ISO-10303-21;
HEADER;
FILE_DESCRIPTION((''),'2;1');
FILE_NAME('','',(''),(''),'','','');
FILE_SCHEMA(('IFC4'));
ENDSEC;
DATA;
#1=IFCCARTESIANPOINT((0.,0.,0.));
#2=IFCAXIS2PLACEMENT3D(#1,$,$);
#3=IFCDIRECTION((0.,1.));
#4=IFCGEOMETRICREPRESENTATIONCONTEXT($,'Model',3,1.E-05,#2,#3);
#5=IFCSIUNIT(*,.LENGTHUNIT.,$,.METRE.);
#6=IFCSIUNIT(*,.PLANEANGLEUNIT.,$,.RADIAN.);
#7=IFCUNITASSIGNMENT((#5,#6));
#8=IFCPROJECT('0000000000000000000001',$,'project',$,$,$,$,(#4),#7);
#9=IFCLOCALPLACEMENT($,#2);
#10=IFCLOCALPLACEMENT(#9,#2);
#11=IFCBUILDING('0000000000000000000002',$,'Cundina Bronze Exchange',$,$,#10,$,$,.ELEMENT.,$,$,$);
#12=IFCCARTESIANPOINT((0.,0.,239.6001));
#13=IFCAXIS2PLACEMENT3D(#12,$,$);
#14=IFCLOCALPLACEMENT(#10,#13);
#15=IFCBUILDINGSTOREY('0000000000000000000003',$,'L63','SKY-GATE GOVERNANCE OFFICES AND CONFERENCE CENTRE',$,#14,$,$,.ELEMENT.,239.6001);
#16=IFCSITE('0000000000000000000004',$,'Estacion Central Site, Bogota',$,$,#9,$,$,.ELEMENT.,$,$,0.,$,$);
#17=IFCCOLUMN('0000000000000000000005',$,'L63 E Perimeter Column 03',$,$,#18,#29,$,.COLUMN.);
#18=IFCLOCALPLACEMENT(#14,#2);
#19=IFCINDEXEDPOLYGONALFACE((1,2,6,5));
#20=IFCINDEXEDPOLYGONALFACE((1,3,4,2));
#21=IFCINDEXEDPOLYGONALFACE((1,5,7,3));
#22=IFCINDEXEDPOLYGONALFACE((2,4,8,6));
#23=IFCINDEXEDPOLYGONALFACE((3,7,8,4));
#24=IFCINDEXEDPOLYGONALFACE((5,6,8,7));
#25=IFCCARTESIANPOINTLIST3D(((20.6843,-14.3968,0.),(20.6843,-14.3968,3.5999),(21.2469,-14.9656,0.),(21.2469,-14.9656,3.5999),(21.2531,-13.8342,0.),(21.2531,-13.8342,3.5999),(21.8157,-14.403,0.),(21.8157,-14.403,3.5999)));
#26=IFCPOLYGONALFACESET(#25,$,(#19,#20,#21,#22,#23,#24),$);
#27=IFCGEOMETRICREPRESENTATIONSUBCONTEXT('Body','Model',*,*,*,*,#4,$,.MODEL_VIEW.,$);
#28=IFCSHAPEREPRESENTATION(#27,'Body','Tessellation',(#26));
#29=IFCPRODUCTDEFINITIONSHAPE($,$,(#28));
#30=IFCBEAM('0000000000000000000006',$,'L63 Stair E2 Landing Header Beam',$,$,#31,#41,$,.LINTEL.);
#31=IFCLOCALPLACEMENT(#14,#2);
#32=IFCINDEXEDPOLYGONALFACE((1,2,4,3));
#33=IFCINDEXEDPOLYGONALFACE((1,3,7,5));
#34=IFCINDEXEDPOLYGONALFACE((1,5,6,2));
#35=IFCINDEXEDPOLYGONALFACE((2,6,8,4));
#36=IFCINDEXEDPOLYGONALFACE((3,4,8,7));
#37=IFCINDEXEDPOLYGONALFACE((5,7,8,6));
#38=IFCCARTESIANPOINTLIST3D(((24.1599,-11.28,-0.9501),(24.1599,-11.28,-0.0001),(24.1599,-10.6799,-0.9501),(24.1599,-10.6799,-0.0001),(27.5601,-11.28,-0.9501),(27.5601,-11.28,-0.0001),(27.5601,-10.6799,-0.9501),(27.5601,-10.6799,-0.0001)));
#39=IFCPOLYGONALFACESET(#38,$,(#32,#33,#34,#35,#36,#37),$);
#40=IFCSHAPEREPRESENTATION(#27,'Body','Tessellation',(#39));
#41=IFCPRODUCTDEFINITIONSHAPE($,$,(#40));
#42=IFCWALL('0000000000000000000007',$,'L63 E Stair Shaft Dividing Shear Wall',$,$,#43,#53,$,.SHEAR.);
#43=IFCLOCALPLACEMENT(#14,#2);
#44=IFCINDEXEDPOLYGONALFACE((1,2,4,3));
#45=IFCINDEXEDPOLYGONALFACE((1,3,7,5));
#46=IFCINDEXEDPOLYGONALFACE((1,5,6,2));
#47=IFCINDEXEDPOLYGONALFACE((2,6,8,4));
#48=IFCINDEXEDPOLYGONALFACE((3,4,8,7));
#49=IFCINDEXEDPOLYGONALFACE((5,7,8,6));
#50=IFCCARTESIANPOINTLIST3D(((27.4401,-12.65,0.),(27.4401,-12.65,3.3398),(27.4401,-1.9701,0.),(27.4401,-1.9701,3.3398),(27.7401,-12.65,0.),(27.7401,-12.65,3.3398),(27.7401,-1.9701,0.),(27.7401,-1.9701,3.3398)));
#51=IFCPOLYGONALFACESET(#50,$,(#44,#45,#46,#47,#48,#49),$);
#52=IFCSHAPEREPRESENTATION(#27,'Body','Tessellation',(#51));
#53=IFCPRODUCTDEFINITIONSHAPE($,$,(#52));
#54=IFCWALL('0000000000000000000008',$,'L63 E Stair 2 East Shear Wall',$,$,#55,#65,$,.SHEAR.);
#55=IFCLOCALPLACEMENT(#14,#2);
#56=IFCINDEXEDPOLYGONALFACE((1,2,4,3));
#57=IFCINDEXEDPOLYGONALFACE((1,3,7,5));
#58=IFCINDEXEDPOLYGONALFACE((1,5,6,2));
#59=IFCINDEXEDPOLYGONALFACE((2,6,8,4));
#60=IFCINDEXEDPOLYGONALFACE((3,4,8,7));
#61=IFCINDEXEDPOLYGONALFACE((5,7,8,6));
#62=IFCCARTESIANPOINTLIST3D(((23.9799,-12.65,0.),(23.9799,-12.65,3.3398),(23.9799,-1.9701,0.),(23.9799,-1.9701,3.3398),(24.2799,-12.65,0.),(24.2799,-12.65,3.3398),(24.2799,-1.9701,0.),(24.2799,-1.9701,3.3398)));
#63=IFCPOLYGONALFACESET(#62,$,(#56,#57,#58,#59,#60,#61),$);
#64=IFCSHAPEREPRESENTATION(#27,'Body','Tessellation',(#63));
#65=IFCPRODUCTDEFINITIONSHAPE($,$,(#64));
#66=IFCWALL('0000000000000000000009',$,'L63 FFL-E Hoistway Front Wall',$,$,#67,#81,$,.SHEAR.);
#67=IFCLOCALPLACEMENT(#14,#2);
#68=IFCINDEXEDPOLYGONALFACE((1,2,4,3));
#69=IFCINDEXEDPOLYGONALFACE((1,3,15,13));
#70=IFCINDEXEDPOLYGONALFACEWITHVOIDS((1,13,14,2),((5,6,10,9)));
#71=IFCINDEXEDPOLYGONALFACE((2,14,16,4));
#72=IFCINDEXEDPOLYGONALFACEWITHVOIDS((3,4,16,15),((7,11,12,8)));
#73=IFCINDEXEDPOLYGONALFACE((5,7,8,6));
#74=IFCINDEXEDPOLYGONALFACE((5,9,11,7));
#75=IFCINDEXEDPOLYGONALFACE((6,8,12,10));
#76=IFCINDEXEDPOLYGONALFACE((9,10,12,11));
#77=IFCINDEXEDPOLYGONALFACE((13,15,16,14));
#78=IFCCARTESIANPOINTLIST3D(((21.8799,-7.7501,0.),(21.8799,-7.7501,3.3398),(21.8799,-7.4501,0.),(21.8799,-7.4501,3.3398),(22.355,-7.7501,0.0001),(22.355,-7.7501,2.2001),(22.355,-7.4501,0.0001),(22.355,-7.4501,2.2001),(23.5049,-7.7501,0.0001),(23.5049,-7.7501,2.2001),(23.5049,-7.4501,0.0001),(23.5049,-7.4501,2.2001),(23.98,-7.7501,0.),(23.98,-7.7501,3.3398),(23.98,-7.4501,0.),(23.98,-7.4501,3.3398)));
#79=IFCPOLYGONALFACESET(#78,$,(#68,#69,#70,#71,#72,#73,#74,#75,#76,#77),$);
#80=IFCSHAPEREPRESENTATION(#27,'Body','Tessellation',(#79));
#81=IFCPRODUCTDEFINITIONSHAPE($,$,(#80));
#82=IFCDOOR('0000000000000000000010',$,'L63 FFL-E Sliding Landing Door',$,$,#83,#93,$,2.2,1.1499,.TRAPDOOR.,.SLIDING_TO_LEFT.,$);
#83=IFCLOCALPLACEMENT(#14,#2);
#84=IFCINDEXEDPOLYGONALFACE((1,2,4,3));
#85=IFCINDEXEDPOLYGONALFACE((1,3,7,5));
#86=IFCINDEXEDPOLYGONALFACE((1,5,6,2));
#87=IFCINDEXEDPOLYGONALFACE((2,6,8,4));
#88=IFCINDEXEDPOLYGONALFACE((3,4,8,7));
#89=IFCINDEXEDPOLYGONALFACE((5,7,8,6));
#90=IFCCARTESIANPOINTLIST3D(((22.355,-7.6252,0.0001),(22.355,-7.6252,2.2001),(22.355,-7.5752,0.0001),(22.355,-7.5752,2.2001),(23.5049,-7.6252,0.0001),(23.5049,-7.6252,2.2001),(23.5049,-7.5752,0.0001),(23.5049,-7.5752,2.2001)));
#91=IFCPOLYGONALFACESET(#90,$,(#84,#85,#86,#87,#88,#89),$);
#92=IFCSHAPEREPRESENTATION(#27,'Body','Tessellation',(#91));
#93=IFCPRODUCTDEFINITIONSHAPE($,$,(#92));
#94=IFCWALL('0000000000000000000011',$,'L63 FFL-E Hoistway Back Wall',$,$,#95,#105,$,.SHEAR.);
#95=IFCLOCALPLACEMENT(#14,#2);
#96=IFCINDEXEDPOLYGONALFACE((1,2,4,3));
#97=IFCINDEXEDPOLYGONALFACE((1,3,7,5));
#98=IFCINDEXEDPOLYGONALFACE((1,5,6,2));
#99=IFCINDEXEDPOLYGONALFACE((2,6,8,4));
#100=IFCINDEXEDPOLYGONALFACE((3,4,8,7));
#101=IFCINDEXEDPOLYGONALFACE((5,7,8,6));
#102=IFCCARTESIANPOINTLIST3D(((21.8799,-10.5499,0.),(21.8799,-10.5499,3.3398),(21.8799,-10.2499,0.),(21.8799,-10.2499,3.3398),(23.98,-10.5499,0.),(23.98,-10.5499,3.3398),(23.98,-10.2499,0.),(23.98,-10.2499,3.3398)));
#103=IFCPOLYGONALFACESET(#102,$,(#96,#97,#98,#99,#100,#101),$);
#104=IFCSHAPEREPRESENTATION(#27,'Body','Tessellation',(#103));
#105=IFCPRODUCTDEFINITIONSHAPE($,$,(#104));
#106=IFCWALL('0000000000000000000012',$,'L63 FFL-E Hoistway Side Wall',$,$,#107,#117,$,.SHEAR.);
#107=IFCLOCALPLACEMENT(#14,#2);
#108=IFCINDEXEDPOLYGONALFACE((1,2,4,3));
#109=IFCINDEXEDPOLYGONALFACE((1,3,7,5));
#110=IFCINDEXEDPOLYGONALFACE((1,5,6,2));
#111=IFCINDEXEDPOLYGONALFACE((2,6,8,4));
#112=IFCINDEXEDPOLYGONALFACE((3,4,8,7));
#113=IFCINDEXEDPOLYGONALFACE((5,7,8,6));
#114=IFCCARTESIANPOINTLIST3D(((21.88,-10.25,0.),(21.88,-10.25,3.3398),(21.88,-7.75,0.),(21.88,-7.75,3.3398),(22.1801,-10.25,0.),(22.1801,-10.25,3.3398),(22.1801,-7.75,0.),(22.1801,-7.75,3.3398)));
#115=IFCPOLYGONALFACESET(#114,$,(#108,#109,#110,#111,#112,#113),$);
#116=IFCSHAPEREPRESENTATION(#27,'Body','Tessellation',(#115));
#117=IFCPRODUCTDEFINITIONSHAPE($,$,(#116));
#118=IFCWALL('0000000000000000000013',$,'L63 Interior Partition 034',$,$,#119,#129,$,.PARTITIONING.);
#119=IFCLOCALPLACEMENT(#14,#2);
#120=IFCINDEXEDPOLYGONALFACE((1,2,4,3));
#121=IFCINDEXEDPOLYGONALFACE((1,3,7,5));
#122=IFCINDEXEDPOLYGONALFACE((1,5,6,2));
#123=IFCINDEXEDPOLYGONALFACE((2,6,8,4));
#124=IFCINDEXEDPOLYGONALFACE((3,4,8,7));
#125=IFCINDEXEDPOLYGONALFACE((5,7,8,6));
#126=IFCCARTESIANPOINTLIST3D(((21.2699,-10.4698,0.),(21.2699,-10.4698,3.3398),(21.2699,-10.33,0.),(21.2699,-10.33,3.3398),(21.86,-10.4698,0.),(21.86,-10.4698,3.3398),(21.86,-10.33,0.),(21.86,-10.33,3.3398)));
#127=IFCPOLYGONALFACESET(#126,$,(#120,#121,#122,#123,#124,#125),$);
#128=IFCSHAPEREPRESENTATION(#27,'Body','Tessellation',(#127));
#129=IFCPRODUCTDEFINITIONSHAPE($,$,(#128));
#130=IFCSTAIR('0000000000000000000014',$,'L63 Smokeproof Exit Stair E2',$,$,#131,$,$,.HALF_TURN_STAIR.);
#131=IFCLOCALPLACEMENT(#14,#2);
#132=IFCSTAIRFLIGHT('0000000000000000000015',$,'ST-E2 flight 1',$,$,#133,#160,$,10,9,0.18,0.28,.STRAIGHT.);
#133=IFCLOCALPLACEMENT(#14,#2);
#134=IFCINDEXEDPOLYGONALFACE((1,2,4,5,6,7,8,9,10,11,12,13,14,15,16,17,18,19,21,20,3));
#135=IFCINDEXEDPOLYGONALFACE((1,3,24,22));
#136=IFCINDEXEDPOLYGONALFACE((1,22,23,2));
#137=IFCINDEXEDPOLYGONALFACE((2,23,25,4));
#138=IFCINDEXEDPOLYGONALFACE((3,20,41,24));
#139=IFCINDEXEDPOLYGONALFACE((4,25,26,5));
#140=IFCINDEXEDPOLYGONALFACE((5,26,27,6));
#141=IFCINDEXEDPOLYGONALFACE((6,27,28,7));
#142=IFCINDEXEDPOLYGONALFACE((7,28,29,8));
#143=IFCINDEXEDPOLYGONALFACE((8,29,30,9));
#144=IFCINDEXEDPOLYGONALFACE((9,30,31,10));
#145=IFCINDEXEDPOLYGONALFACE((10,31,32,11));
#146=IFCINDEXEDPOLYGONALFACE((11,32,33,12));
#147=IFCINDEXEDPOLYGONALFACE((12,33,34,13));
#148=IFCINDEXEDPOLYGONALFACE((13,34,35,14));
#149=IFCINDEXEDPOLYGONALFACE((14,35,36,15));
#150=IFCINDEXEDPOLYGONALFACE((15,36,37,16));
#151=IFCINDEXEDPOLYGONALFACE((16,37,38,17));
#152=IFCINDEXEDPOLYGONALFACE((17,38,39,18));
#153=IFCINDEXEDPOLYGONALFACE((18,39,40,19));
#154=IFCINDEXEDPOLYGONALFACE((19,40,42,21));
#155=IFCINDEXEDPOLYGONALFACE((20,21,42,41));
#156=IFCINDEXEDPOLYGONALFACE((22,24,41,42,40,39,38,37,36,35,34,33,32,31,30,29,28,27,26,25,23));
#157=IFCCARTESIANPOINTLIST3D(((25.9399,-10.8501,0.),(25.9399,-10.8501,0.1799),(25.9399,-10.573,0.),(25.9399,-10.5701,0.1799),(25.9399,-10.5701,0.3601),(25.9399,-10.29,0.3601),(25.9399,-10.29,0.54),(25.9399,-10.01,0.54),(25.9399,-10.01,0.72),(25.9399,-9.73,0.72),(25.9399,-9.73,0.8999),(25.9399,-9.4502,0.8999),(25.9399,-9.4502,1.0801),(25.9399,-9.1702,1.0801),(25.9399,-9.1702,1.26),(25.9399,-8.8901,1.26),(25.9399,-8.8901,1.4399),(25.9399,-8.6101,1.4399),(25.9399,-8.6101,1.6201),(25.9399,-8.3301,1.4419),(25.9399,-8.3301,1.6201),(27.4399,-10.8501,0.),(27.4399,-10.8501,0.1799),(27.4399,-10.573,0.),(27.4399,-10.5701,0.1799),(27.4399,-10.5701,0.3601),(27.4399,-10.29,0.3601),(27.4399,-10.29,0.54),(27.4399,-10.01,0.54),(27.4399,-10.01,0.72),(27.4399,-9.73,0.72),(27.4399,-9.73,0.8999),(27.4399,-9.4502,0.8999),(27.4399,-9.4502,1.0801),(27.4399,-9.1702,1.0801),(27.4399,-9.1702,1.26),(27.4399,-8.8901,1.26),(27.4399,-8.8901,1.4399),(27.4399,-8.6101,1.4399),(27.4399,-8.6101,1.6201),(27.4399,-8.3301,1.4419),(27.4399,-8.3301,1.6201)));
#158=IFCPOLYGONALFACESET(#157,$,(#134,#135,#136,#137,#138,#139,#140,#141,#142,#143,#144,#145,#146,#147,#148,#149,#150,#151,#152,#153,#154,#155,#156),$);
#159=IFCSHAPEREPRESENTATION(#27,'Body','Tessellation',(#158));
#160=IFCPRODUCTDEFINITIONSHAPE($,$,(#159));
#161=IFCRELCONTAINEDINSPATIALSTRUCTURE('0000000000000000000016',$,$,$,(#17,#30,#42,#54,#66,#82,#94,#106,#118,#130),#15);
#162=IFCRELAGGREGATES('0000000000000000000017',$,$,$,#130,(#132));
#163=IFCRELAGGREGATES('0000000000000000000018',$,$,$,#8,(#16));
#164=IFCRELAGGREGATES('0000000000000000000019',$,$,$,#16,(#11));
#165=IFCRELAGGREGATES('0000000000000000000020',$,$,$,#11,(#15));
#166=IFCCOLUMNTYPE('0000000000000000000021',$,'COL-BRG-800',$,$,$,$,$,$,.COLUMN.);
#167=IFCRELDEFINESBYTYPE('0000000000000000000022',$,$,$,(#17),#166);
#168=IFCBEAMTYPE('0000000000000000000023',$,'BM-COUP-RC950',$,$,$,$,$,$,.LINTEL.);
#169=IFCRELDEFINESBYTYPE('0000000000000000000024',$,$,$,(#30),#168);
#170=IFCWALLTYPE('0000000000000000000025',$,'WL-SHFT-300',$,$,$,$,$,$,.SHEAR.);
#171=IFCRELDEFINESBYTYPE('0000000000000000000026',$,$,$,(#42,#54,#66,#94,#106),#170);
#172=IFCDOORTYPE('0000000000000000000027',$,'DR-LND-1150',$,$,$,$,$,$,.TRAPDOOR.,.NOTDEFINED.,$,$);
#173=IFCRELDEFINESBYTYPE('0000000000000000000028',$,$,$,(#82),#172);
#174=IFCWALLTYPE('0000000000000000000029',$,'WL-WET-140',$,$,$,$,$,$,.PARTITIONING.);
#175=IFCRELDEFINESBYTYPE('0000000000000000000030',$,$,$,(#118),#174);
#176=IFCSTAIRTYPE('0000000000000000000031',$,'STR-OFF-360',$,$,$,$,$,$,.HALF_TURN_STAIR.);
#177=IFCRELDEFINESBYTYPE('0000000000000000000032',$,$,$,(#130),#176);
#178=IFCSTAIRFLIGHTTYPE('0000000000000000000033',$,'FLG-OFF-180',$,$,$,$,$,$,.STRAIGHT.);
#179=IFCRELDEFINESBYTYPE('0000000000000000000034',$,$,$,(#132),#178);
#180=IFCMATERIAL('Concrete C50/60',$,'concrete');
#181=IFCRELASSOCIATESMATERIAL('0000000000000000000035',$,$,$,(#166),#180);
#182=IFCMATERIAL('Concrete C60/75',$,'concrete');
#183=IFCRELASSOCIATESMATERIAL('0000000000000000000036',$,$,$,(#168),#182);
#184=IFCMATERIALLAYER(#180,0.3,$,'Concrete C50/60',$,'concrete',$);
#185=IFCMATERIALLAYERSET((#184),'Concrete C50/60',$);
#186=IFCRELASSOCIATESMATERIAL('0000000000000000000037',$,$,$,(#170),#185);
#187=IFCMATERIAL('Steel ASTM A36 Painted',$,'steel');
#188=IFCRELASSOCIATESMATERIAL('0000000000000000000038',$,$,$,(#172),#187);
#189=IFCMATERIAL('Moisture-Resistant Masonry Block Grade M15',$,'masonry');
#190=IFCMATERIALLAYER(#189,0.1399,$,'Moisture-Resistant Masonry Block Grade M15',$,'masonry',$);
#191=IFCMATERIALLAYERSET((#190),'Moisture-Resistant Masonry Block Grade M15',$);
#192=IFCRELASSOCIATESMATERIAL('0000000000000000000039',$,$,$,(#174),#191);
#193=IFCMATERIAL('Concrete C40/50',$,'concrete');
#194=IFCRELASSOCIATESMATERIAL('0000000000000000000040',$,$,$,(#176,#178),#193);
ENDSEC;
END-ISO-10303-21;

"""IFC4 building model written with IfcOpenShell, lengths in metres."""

from ifc_helpers import new_model, si_unit, direction, frame, frame_2d, origin, origin_2d, place, context, subcontext, project, spatial, polyline, rectangle, outline, extrude, material, layer, layer_set, material_profile, profile_set, type_object, element, fill, aggregate, save


model = new_model("IFC4")

# Units and contexts
model_context = context("Model", 3, precision=1e-05, world=origin(), true_north=direction((0.0, 1.0)))
body_context = subcontext(model_context, "Body", "Model", "MODEL_VIEW")
ifc_project = project(units=[si_unit("LENGTHUNIT", "METRE"), si_unit("PLANEANGLEUNIT", "RADIAN")], contexts=[model_context])

# Site, building, storey
site_placement = place(None, origin())
site = spatial("IfcSite", under=ifc_project, at=site_placement, Name="Estacion Central Site, Bogota", CompositionType="ELEMENT", RefElevation=0.0)
building_placement = place(site_placement, origin())
building = spatial("IfcBuilding", under=site, at=building_placement, Name="Cundina Bronze Exchange", CompositionType="ELEMENT")
storey_placement = place(building_placement, frame((0.0, 0.0, 239.6001)))
storey = spatial("IfcBuildingStorey", under=building, at=storey_placement, Name="L63", Description="SKY-GATE GOVERNANCE OFFICES AND CONFERENCE CENTRE", CompositionType="ELEMENT", Elevation=239.6001)

# Column
ifc_material_1 = material(Name="Concrete C50/60", Category="concrete")
ifc_material_profile_1 = material_profile(ifc_material_1, rectangle(XDim=0.8, YDim=0.8, at=origin_2d()), Name="RC800X800", Category="concrete")
ifc_profile_set_1 = profile_set([ifc_material_profile_1], Name="Concrete C50/60")
column_type = type_object("IfcColumnType", Name="COL-BRG-800", PredefinedType="COLUMN", material=ifc_profile_set_1)
column_placement = place(storey_placement, frame((21.25, -14.3999, 0.0), z_axis=(0.0, 0.0, 1.0), x_axis=(0.703271, -0.710922, 0.0)))
element("IfcColumn", 1, at=column_placement, inside=storey, type_object=column_type, Name="L63 E Perimeter Column 03", PredefinedType="COLUMN", context=body_context, shape_type="SweptSolid", body=[
    extrude(rectangle(XDim=0.8, YDim=0.8, at=origin_2d()), origin(), (0.0, 0.0, 1.0), 3.5999),
])

# Beam
ifc_material_2 = material(Name="Concrete C60/75", Category="concrete")
ifc_material_profile_2 = material_profile(ifc_material_2, rectangle(XDim=0.6001, YDim=0.95, at=origin_2d()), Name="RC600X950", Category="concrete")
ifc_profile_set_2 = profile_set([ifc_material_profile_2], Name="Concrete C60/75")
beam_type = type_object("IfcBeamType", Name="BM-COUP-RC950", PredefinedType="LINTEL", material=ifc_profile_set_2)
beam_placement = place(storey_placement, frame((24.1599, -10.98, -0.4751), z_axis=(1.0, 0.0, 0.0), x_axis=(0.0, 1.0, 0.0)))
element("IfcBeam", 2, at=beam_placement, inside=storey, type_object=beam_type, Name="L63 Stair E2 Landing Header Beam", PredefinedType="LINTEL", context=body_context, shape_type="SweptSolid", body=[
    extrude(rectangle(XDim=0.6001, YDim=0.95, at=origin_2d()), origin(), (0.0, 0.0, 1.0), 3.4001),
])

# Walls
ifc_layer_1 = layer(ifc_material_1, 0.3, Name="Concrete C50/60", Category="concrete")
ifc_layer_set_1 = layer_set([ifc_layer_1], Name="Concrete C50/60")
wall_type_1 = type_object("IfcWallType", Name="WL-SHFT-300", PredefinedType="SHEAR", material=ifc_layer_set_1)
for number, where, z_axis, x_axis, name in (
    (3, (27.5901, -12.6499, 0.0), (0.0, 0.0, 1.0), (0.0, 1.0, 0.0), "L63 E Stair Shaft Dividing Shear Wall"),
    (4, (24.1299, -12.6499, 0.0), (0.0, 0.0, 1.0), (0.0, 1.0, 0.0), "L63 E Stair 2 East Shear Wall"),
):
    element("IfcWall", number, at=place(storey_placement, frame(where, z_axis=z_axis, x_axis=x_axis)), inside=storey, type_object=wall_type_1, Name=name, PredefinedType="SHEAR", context=body_context, shape_type="SweptSolid", body=[
        extrude(rectangle(XDim=10.6799, YDim=0.3, at=frame_2d((5.3398, 0.0))), origin(), (0.0, 0.0, 1.0), 3.3398),
    ])

# Wall, opening, door
ifc_material_3 = material(Name="Steel ASTM A36 Painted", Category="steel")
wall_1_placement = place(storey_placement, frame((21.8799, -7.6001, 0.0), z_axis=(0.0, 0.0, 1.0), x_axis=(1.0, 0.0, 0.0)))
wall_1 = element("IfcWall", 5, at=wall_1_placement, inside=storey, type_object=wall_type_1, Name="L63 FFL-E Hoistway Front Wall", PredefinedType="SHEAR", context=body_context, shape_type="SweptSolid", body=[
    extrude(rectangle(XDim=2.1001, YDim=0.3, at=frame_2d((1.05, 0.0))), origin(), (0.0, 0.0, 1.0), 3.3398),
])
opening_1_placement = place(wall_1_placement, frame((0.4751, 0.0, 0.0)))
opening_1 = element("IfcOpeningElement", 6, at=opening_1_placement, cuts=wall_1, PredefinedType="OPENING", context=body_context, shape_type="SweptSolid", body=[
    extrude(rectangle(XDim=1.1499, YDim=2.2, at=frame_2d((0.575, 1.1001))), frame((0.0, 0.1599, 0.0), z_axis=(0.0, -1.0, 0.0), x_axis=(1.0, 0.0, 0.0)), (0.0, 0.0, 1.0), 0.3201),
])
door_type_1 = type_object("IfcDoorType", Name="DR-LND-1150", OperationType="NOTDEFINED", PredefinedType="TRAPDOOR", material=ifc_material_3)
door_1_placement = place(opening_1_placement, origin())
door_1 = element("IfcDoor", 7, at=door_1_placement, inside=storey, type_object=door_type_1, Name="L63 FFL-E Sliding Landing Door", OperationType="SLIDING_TO_LEFT", OverallHeight=2.2, OverallWidth=1.1499, PredefinedType="TRAPDOOR", context=body_context, shape_type="SweptSolid", body=[
    extrude(rectangle(XDim=1.1499, YDim=2.2, at=frame_2d((0.575, 1.1001))), frame((0.0, 0.0249, 0.0), z_axis=(0.0, -1.0, 0.0), x_axis=(1.0, 0.0, 0.0)), (0.0, 0.0, 1.0), 0.05),
])
fill(opening_1, door_1)

# Walls
wall_2_placement = place(storey_placement, frame((21.8799, -10.3999, 0.0), z_axis=(0.0, 0.0, 1.0), x_axis=(1.0, 0.0, 0.0)))
element("IfcWall", 8, at=wall_2_placement, inside=storey, type_object=wall_type_1, Name="L63 FFL-E Hoistway Back Wall", PredefinedType="SHEAR", context=body_context, shape_type="SweptSolid", body=[
    extrude(rectangle(XDim=2.1001, YDim=0.3, at=frame_2d((1.05, 0.0))), origin(), (0.0, 0.0, 1.0), 3.3398),
])
wall_3_placement = place(storey_placement, frame((22.03, -10.25, 0.0), z_axis=(0.0, 0.0, 1.0), x_axis=(0.0, 1.0, 0.0)))
element("IfcWall", 9, at=wall_3_placement, inside=storey, type_object=wall_type_1, Name="L63 FFL-E Hoistway Side Wall", PredefinedType="SHEAR", context=body_context, shape_type="SweptSolid", body=[
    extrude(rectangle(XDim=2.5, YDim=0.3, at=frame_2d((1.25, 0.0))), origin(), (0.0, 0.0, 1.0), 3.3398),
])
ifc_material_4 = material(Name="Moisture-Resistant Masonry Block Grade M15", Category="masonry")
ifc_layer_2 = layer(ifc_material_4, 0.1399, Name="Moisture-Resistant Masonry Block Grade M15", Category="masonry")
ifc_layer_set_2 = layer_set([ifc_layer_2], Name="Moisture-Resistant Masonry Block Grade M15")
wall_type_2 = type_object("IfcWallType", Name="WL-WET-140", PredefinedType="PARTITIONING", material=ifc_layer_set_2)
wall_4_placement = place(storey_placement, frame((21.27, -10.3999, 0.0), z_axis=(0.0, 0.0, 1.0), x_axis=(1.0, 0.0, 0.0)))
element("IfcWall", 10, at=wall_4_placement, inside=storey, type_object=wall_type_2, Name="L63 Interior Partition 034", PredefinedType="PARTITIONING", context=body_context, shape_type="SweptSolid", body=[
    extrude(rectangle(XDim=0.5901, YDim=0.1399, at=frame_2d((0.2949, 0.0))), origin(), (0.0, 0.0, 1.0), 3.3398),
])

# Stair, stair flight
ifc_material_5 = material(Name="Concrete C40/50", Category="concrete")
stair_type = type_object("IfcStairType", Name="STR-OFF-360", PredefinedType="HALF_TURN_STAIR", material=ifc_material_5)
stair_placement = place(storey_placement, origin())
stair = element("IfcStair", 11, at=stair_placement, inside=storey, type_object=stair_type, Name="L63 Smokeproof Exit Stair E2", PredefinedType="HALF_TURN_STAIR")
stair_flight_type = type_object("IfcStairFlightType", Name="FLG-OFF-180", PredefinedType="STRAIGHT", material=ifc_material_5)
stair_flight_1_placement = place(storey_placement, frame((26.6899, -10.8501, 0.0), z_axis=(0.0, 0.0, 1.0), x_axis=(0.0, 1.0, 0.0)))
stair_flight_1 = element("IfcStairFlight", 12, at=stair_flight_1_placement, type_object=stair_flight_type, Name="ST-E2 flight 1", NumberOfRisers=10, NumberOfTreads=9, PredefinedType="STRAIGHT", RiserHeight=0.18, TreadLength=0.28, context=body_context, shape_type="SweptSolid", body=[
    extrude(outline(polyline([(0.0, 0.0), (0.0, 0.1799), (0.28, 0.1799), (0.28, 0.3601), (0.5601, 0.3601), (0.5601, 0.54), (0.8401, 0.54), (0.8401, 0.72), (1.1201, 0.72), (1.1201, 0.8999), (1.3999, 0.8999), (1.3999, 1.0801), (1.6799, 1.0801), (1.6799, 1.26), (1.96, 1.26), (1.96, 1.4399), (2.24, 1.4399), (2.24, 1.6201), (2.52, 1.6201), (2.52, 1.8), (2.52, 1.4419), (0.2771, 0.0), (0.0, 0.0)])), frame((0.0, 0.75, 0.0), z_axis=(0.0, -1.0, 0.0), x_axis=(1.0, 0.0, 0.0)), (0.0, 0.0, 1.0), 1.5),
])
aggregate(stair, [stair_flight_1])

save(model, "model.ifc")
